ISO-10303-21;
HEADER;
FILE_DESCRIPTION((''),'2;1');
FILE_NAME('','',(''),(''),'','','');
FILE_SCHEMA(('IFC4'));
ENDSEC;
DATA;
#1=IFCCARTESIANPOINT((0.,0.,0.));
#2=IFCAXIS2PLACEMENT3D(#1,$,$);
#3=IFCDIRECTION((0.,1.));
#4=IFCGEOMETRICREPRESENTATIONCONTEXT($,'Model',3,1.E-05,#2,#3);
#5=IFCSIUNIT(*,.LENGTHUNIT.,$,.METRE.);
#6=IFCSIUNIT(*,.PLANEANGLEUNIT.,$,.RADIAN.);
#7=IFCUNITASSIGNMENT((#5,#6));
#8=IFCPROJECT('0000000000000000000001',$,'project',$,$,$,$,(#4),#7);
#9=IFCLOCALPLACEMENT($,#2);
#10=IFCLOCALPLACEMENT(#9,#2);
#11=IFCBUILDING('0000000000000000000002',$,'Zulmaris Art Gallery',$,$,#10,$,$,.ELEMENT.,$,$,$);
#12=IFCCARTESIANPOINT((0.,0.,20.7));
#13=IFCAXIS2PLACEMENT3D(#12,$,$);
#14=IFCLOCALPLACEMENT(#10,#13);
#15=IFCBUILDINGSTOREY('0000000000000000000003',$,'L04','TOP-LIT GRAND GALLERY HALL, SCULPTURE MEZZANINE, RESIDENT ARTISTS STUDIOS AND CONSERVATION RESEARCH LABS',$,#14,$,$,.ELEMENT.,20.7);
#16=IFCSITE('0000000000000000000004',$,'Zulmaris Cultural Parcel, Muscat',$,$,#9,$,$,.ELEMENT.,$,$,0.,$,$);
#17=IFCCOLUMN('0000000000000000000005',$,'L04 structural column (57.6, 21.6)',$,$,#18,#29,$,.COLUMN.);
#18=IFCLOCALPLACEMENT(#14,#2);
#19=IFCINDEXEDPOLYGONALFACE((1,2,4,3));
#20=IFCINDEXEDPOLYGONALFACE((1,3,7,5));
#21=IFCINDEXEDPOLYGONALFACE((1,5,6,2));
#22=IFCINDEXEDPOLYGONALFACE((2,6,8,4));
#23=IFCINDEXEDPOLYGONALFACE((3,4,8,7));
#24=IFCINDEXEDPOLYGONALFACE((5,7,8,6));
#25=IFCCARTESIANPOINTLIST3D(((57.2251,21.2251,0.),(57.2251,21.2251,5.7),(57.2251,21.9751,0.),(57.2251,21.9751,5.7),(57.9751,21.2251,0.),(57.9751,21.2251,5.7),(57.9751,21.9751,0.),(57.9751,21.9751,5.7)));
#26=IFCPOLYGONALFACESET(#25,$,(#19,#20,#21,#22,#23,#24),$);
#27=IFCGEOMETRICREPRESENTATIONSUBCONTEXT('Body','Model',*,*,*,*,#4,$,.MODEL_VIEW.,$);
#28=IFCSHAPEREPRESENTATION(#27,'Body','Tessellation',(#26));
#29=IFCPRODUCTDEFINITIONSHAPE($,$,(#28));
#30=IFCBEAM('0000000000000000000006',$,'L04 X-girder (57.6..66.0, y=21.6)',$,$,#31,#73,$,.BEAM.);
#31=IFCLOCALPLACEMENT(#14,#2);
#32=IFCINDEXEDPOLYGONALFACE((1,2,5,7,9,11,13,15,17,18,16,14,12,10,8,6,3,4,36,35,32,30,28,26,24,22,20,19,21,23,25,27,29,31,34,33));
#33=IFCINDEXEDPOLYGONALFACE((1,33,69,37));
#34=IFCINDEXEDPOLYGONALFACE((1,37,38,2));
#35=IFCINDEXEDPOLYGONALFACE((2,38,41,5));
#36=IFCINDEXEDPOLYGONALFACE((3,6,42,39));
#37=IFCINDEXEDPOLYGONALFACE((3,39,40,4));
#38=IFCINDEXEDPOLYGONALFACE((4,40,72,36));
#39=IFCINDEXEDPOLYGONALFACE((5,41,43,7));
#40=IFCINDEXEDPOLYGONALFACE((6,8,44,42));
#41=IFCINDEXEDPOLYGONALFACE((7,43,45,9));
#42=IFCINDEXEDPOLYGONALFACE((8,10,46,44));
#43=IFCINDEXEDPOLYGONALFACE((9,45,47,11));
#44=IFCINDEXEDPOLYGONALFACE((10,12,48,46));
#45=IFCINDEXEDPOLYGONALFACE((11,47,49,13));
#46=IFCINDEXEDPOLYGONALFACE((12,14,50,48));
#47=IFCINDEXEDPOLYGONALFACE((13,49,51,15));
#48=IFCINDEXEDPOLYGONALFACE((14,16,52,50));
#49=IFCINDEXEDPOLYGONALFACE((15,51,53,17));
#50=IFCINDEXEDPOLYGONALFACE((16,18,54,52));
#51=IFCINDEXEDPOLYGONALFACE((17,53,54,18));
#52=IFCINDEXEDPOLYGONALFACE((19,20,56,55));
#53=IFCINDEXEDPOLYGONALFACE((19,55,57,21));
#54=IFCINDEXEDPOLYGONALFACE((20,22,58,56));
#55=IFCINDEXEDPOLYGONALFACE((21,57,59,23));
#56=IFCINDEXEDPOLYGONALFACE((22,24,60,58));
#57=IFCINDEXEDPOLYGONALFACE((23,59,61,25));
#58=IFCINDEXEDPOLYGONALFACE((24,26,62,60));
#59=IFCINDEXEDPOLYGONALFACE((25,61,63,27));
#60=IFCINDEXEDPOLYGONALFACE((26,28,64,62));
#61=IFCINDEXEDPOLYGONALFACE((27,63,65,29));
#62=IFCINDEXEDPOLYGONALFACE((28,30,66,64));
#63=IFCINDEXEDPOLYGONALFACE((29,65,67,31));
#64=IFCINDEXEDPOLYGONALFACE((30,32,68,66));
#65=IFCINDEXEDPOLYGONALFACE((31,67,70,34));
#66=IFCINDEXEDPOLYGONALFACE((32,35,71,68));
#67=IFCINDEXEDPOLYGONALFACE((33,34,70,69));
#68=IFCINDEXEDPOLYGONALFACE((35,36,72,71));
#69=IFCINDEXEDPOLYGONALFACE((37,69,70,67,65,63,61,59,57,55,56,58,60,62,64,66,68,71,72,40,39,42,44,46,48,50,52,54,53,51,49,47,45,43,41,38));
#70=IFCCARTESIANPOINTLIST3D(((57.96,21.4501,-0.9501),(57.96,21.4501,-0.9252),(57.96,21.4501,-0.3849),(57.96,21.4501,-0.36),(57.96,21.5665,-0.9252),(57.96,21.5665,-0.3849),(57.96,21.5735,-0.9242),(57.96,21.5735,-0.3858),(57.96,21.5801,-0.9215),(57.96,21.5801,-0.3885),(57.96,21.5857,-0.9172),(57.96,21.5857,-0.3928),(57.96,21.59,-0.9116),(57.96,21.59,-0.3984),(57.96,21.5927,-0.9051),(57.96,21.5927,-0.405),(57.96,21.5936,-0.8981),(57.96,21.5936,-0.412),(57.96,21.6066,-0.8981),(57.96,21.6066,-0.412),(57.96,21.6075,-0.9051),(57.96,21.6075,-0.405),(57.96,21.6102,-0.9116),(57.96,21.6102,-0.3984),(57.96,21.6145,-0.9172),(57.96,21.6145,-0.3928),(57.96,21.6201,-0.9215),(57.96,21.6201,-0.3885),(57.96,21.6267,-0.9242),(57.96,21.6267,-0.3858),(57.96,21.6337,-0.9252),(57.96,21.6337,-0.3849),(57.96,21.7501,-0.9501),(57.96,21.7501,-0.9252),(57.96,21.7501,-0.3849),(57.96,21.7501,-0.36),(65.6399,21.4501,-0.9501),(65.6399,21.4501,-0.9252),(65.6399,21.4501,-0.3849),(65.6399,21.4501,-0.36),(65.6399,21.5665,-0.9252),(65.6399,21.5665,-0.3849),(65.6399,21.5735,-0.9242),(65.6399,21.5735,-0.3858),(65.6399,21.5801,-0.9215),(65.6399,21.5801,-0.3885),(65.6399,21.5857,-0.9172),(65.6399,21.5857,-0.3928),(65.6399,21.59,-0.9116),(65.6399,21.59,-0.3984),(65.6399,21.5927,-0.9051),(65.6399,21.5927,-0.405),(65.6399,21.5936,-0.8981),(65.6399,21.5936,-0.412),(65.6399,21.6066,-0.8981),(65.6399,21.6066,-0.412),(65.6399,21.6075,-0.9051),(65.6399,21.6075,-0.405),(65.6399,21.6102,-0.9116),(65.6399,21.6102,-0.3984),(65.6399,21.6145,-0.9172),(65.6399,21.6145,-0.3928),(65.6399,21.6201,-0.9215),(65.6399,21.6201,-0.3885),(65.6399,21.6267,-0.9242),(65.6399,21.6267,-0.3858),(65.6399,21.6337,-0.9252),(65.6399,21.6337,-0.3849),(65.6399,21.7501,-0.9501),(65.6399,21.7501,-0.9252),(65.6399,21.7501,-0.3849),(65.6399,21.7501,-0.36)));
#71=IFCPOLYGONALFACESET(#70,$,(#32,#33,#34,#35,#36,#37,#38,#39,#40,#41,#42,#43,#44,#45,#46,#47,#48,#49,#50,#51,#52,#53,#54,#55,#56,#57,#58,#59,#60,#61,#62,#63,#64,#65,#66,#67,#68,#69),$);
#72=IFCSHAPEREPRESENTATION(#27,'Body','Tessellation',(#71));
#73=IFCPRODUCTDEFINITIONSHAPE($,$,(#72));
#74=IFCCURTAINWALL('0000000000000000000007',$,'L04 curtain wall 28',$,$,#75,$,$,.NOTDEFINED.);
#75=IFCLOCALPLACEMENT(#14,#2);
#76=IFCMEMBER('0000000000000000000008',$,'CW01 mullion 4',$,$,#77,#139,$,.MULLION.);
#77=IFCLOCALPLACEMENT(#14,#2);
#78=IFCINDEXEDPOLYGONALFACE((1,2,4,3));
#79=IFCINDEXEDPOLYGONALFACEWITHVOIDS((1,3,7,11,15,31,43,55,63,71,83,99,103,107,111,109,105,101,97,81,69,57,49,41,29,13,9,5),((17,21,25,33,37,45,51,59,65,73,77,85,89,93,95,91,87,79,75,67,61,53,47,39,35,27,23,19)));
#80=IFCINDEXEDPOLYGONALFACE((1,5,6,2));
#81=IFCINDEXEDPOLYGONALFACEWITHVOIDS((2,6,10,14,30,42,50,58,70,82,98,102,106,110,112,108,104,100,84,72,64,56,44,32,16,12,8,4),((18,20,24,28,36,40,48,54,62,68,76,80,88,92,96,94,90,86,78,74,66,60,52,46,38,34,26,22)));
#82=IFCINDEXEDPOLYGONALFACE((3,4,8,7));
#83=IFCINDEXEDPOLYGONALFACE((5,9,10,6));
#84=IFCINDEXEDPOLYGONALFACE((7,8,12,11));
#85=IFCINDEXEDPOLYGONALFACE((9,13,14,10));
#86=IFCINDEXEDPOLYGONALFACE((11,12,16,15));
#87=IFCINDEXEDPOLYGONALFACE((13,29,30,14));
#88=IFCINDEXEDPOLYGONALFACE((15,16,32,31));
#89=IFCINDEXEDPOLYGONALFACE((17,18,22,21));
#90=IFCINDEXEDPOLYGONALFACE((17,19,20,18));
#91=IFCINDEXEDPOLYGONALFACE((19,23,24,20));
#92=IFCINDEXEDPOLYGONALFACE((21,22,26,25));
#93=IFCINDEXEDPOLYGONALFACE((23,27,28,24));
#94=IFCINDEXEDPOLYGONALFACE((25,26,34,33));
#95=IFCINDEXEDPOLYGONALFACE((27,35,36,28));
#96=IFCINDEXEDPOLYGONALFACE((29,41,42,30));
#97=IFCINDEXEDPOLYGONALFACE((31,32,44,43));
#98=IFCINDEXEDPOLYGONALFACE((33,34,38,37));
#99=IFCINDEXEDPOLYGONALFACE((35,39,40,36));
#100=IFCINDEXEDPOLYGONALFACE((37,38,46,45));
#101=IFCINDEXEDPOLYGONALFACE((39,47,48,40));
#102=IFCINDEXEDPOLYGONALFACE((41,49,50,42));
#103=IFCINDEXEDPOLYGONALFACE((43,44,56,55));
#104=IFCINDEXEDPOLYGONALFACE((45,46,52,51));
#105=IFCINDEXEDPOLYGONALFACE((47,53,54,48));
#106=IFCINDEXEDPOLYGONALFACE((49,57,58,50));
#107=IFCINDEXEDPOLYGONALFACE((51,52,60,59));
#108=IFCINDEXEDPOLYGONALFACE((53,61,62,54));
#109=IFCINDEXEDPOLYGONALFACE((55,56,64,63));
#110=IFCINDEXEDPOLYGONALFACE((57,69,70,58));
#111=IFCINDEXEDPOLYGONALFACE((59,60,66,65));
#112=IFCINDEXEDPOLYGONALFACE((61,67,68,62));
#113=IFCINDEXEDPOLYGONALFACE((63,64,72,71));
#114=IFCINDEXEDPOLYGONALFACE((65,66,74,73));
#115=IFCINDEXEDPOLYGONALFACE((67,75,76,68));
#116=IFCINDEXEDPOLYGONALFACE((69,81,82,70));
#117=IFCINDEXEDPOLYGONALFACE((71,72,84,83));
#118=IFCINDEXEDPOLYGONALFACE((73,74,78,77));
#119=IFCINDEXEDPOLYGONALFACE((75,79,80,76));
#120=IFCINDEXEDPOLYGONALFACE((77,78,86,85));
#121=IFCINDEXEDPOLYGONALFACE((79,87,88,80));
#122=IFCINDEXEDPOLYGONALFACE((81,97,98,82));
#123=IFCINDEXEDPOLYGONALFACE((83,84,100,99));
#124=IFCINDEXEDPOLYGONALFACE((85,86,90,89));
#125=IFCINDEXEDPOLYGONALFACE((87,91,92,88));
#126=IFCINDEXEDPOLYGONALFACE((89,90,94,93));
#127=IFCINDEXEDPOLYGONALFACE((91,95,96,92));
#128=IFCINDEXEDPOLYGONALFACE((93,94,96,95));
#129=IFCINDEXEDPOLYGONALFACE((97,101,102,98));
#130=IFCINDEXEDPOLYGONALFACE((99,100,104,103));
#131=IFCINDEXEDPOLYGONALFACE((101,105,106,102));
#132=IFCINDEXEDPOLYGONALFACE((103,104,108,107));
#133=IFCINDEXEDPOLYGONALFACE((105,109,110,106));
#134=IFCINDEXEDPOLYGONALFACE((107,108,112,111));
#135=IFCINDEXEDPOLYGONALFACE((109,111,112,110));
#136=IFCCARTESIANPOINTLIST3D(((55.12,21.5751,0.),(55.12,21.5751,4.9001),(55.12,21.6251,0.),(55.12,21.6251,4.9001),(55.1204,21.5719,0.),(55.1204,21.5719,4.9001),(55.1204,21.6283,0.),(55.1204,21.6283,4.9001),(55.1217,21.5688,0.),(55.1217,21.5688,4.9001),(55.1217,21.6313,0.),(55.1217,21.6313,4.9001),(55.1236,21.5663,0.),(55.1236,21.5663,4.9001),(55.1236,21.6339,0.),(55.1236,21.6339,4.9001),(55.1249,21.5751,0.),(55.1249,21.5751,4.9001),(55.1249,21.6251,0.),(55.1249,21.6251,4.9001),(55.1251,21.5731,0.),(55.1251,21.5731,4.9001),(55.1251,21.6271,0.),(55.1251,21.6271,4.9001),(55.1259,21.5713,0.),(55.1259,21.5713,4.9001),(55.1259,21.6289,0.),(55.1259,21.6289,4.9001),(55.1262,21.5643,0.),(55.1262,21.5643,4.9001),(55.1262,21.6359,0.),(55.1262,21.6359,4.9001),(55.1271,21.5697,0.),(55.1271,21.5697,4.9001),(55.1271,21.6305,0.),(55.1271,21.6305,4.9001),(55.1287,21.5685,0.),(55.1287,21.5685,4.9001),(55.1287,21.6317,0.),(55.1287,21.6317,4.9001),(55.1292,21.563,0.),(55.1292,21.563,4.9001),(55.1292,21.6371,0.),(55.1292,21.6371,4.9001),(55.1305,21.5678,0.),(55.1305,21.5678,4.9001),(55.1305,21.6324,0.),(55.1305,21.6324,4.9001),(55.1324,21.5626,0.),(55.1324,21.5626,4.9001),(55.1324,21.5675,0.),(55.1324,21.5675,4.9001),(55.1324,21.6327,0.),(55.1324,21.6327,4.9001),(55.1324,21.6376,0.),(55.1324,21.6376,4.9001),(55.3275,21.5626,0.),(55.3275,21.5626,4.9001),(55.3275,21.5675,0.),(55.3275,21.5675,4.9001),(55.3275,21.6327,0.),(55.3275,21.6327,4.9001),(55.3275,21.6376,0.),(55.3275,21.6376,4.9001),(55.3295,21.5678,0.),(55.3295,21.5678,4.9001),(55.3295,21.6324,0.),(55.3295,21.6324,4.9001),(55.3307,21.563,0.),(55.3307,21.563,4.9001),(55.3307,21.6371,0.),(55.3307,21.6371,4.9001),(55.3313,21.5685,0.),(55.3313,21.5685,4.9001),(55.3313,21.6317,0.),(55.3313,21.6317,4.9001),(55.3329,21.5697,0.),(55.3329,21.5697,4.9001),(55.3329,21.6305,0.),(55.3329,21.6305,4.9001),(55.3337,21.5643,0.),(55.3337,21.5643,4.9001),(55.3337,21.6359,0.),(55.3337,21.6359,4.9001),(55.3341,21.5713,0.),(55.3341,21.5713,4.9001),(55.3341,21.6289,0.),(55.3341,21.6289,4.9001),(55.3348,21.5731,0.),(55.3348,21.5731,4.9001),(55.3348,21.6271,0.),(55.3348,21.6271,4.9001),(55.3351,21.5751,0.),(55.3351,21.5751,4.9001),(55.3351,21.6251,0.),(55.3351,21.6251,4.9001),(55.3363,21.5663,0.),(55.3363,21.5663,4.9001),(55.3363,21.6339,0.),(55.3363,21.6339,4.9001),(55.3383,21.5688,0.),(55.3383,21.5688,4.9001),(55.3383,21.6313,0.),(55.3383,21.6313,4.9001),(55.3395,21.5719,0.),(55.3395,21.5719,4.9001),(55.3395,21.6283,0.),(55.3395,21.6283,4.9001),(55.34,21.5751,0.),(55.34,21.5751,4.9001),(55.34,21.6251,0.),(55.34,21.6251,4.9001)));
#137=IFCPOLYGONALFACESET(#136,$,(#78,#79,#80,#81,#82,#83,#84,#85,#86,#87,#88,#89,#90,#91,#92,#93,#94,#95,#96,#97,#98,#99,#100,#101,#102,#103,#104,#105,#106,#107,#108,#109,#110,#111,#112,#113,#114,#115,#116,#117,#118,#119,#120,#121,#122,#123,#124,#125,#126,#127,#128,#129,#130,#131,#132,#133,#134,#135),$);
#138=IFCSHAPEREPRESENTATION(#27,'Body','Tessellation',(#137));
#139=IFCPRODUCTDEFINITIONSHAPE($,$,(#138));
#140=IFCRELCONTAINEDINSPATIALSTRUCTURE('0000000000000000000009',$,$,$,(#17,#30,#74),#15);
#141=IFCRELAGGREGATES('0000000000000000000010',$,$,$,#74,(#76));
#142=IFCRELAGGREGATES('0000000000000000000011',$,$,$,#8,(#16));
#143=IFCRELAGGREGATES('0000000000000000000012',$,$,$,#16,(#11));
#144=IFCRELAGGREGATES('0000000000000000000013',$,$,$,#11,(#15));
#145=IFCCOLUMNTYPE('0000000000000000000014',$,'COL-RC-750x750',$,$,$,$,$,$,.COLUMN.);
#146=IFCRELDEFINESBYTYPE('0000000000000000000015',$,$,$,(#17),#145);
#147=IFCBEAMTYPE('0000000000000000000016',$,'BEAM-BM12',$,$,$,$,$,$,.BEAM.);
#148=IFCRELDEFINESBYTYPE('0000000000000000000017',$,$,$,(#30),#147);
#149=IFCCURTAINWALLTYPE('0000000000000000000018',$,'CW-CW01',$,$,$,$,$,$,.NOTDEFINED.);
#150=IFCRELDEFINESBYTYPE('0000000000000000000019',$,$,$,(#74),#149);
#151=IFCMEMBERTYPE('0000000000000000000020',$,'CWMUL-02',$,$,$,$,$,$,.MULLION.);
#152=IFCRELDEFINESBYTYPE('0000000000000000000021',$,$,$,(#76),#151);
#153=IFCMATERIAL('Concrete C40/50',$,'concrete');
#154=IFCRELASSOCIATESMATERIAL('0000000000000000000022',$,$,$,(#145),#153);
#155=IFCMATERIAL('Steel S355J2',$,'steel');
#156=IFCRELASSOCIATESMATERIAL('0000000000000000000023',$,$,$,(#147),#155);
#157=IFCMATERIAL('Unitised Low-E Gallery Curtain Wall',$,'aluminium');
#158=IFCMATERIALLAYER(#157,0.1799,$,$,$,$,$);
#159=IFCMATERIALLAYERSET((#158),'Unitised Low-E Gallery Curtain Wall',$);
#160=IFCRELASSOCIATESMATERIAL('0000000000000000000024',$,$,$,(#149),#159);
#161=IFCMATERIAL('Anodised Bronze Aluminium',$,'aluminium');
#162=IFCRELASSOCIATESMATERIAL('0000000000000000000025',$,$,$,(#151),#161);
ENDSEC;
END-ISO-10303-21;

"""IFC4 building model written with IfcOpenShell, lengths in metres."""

from ifc_helpers import new_model, si_unit, direction, frame, origin, origin_2d, place, context, subcontext, project, spatial, rectangle, hollow_rectangle, i_section, extrude, material, layer, layer_set, material_profile, profile_set, type_object, element, aggregate, save


model = new_model("IFC4")

# Units and contexts
model_context = context("Model", 3, precision=1e-05, world=origin(), true_north=direction((0.0, 1.0)))
body_context = subcontext(model_context, "Body", "Model", "MODEL_VIEW")
ifc_project = project(units=[si_unit("LENGTHUNIT", "METRE"), si_unit("PLANEANGLEUNIT", "RADIAN")], contexts=[model_context])

# Site, building, storey
site_placement = place(None, origin())
site = spatial("IfcSite", under=ifc_project, at=site_placement, Name="Zulmaris Cultural Parcel, Muscat", CompositionType="ELEMENT", RefElevation=0.0)
building_placement = place(site_placement, origin())
building = spatial("IfcBuilding", under=site, at=building_placement, Name="Zulmaris Art Gallery", CompositionType="ELEMENT")
storey_placement = place(building_placement, frame((0.0, 0.0, 20.7)))
storey = spatial("IfcBuildingStorey", under=building, at=storey_placement, Name="L04", Description="TOP-LIT GRAND GALLERY HALL, SCULPTURE MEZZANINE, RESIDENT ARTISTS STUDIOS AND CONSERVATION RESEARCH LABS", CompositionType="ELEMENT", Elevation=20.7)

# Column
ifc_material_1 = material(Name="Concrete C40/50", Category="concrete")
ifc_material_profile_1 = material_profile(ifc_material_1, rectangle(XDim=0.75, YDim=0.75, at=origin_2d()), Name="RC 750x750")
ifc_profile_set_1 = profile_set([ifc_material_profile_1], Name="Concrete C40/50")
column_type = type_object("IfcColumnType", Name="COL-RC-750x750", PredefinedType="COLUMN", material=ifc_profile_set_1)
column_placement = place(storey_placement, frame((57.6001, 21.6001, 0.0), z_axis=(0.0, 0.0, 1.0), x_axis=(1.0, 0.0, 0.0)))
element("IfcColumn", 1, at=column_placement, inside=storey, type_object=column_type, Name="L04 structural column (57.6, 21.6)", PredefinedType="COLUMN", context=body_context, shape_type="SweptSolid", body=[
    extrude(rectangle(XDim=0.75, YDim=0.75, at=origin_2d()), origin(), (0.0, 0.0, 1.0), 5.7),
])

# Beam
ifc_material_2 = material(Name="Steel S355J2", Category="steel")
ifc_material_profile_2 = material_profile(ifc_material_2, i_section(OverallWidth=0.3, OverallDepth=0.5901, WebThickness=0.0129, FlangeThickness=0.0249, FilletRadius=0.0271, at=origin_2d()), Name="HEA 600")
ifc_profile_set_2 = profile_set([ifc_material_profile_2], Name="Steel S355J2")
beam_type = type_object("IfcBeamType", Name="BEAM-BM12", PredefinedType="BEAM", material=ifc_profile_set_2)
beam_placement = place(storey_placement, frame((57.96, 21.6001, -0.655), z_axis=(1.0, 0.0, 0.0), x_axis=(0.0, 1.0, 0.0)))
element("IfcBeam", 2, at=beam_placement, inside=storey, type_object=beam_type, Name="L04 X-girder (57.6..66.0, y=21.6)", PredefinedType="BEAM", context=body_context, shape_type="SweptSolid", body=[
    extrude(i_section(OverallWidth=0.3, OverallDepth=0.5901, WebThickness=0.0129, FlangeThickness=0.0249, FilletRadius=0.0271, at=origin_2d()), origin(), (0.0, 0.0, 1.0), 7.6799),
])

# Curtain wall, member
ifc_material_3 = material(Name="Unitised Low-E Gallery Curtain Wall", Category="aluminium")
ifc_layer_1 = layer(ifc_material_3, 0.1799)
ifc_layer_set_1 = layer_set([ifc_layer_1], Name="Unitised Low-E Gallery Curtain Wall")
curtain_wall_type_1 = type_object("IfcCurtainWallType", Name="CW-CW01", PredefinedType="NOTDEFINED", material=ifc_layer_set_1)
curtain_wall_1_placement = place(storey_placement, origin())
curtain_wall_1 = element("IfcCurtainWall", 3, at=curtain_wall_1_placement, inside=storey, type_object=curtain_wall_type_1, Name="L04 curtain wall 28", PredefinedType="NOTDEFINED")
ifc_material_4 = material(Name="Anodised Bronze Aluminium", Category="aluminium")
ifc_material_profile_3 = material_profile(ifc_material_4, hollow_rectangle(XDim=0.075, YDim=0.22, WallThickness=0.0049, InnerFilletRadius=0.0076, OuterFilletRadius=0.0125, at=origin_2d()), Name="ALU 75x220x5")
ifc_profile_set_3 = profile_set([ifc_material_profile_3], Name="Anodised Bronze Aluminium")
member_type_1 = type_object("IfcMemberType", Name="CWMUL-02", PredefinedType="MULLION", material=ifc_profile_set_3)
member_1_placement = place(storey_placement, frame((55.23, 21.6001, 0.0), z_axis=(0.0, 0.0, 1.0), x_axis=(0.0, 1.0, 0.0)))
member_1 = element("IfcMember", 4, at=member_1_placement, type_object=member_type_1, Name="CW01 mullion 4", PredefinedType="MULLION", context=body_context, shape_type="SweptSolid", body=[
    extrude(hollow_rectangle(XDim=0.075, YDim=0.22, WallThickness=0.0049, InnerFilletRadius=0.0076, OuterFilletRadius=0.0125, at=origin_2d()), origin(), (0.0, 0.0, 1.0), 4.9001),
])

aggregate(curtain_wall_1, [member_1])

save(model, "model.ifc")
